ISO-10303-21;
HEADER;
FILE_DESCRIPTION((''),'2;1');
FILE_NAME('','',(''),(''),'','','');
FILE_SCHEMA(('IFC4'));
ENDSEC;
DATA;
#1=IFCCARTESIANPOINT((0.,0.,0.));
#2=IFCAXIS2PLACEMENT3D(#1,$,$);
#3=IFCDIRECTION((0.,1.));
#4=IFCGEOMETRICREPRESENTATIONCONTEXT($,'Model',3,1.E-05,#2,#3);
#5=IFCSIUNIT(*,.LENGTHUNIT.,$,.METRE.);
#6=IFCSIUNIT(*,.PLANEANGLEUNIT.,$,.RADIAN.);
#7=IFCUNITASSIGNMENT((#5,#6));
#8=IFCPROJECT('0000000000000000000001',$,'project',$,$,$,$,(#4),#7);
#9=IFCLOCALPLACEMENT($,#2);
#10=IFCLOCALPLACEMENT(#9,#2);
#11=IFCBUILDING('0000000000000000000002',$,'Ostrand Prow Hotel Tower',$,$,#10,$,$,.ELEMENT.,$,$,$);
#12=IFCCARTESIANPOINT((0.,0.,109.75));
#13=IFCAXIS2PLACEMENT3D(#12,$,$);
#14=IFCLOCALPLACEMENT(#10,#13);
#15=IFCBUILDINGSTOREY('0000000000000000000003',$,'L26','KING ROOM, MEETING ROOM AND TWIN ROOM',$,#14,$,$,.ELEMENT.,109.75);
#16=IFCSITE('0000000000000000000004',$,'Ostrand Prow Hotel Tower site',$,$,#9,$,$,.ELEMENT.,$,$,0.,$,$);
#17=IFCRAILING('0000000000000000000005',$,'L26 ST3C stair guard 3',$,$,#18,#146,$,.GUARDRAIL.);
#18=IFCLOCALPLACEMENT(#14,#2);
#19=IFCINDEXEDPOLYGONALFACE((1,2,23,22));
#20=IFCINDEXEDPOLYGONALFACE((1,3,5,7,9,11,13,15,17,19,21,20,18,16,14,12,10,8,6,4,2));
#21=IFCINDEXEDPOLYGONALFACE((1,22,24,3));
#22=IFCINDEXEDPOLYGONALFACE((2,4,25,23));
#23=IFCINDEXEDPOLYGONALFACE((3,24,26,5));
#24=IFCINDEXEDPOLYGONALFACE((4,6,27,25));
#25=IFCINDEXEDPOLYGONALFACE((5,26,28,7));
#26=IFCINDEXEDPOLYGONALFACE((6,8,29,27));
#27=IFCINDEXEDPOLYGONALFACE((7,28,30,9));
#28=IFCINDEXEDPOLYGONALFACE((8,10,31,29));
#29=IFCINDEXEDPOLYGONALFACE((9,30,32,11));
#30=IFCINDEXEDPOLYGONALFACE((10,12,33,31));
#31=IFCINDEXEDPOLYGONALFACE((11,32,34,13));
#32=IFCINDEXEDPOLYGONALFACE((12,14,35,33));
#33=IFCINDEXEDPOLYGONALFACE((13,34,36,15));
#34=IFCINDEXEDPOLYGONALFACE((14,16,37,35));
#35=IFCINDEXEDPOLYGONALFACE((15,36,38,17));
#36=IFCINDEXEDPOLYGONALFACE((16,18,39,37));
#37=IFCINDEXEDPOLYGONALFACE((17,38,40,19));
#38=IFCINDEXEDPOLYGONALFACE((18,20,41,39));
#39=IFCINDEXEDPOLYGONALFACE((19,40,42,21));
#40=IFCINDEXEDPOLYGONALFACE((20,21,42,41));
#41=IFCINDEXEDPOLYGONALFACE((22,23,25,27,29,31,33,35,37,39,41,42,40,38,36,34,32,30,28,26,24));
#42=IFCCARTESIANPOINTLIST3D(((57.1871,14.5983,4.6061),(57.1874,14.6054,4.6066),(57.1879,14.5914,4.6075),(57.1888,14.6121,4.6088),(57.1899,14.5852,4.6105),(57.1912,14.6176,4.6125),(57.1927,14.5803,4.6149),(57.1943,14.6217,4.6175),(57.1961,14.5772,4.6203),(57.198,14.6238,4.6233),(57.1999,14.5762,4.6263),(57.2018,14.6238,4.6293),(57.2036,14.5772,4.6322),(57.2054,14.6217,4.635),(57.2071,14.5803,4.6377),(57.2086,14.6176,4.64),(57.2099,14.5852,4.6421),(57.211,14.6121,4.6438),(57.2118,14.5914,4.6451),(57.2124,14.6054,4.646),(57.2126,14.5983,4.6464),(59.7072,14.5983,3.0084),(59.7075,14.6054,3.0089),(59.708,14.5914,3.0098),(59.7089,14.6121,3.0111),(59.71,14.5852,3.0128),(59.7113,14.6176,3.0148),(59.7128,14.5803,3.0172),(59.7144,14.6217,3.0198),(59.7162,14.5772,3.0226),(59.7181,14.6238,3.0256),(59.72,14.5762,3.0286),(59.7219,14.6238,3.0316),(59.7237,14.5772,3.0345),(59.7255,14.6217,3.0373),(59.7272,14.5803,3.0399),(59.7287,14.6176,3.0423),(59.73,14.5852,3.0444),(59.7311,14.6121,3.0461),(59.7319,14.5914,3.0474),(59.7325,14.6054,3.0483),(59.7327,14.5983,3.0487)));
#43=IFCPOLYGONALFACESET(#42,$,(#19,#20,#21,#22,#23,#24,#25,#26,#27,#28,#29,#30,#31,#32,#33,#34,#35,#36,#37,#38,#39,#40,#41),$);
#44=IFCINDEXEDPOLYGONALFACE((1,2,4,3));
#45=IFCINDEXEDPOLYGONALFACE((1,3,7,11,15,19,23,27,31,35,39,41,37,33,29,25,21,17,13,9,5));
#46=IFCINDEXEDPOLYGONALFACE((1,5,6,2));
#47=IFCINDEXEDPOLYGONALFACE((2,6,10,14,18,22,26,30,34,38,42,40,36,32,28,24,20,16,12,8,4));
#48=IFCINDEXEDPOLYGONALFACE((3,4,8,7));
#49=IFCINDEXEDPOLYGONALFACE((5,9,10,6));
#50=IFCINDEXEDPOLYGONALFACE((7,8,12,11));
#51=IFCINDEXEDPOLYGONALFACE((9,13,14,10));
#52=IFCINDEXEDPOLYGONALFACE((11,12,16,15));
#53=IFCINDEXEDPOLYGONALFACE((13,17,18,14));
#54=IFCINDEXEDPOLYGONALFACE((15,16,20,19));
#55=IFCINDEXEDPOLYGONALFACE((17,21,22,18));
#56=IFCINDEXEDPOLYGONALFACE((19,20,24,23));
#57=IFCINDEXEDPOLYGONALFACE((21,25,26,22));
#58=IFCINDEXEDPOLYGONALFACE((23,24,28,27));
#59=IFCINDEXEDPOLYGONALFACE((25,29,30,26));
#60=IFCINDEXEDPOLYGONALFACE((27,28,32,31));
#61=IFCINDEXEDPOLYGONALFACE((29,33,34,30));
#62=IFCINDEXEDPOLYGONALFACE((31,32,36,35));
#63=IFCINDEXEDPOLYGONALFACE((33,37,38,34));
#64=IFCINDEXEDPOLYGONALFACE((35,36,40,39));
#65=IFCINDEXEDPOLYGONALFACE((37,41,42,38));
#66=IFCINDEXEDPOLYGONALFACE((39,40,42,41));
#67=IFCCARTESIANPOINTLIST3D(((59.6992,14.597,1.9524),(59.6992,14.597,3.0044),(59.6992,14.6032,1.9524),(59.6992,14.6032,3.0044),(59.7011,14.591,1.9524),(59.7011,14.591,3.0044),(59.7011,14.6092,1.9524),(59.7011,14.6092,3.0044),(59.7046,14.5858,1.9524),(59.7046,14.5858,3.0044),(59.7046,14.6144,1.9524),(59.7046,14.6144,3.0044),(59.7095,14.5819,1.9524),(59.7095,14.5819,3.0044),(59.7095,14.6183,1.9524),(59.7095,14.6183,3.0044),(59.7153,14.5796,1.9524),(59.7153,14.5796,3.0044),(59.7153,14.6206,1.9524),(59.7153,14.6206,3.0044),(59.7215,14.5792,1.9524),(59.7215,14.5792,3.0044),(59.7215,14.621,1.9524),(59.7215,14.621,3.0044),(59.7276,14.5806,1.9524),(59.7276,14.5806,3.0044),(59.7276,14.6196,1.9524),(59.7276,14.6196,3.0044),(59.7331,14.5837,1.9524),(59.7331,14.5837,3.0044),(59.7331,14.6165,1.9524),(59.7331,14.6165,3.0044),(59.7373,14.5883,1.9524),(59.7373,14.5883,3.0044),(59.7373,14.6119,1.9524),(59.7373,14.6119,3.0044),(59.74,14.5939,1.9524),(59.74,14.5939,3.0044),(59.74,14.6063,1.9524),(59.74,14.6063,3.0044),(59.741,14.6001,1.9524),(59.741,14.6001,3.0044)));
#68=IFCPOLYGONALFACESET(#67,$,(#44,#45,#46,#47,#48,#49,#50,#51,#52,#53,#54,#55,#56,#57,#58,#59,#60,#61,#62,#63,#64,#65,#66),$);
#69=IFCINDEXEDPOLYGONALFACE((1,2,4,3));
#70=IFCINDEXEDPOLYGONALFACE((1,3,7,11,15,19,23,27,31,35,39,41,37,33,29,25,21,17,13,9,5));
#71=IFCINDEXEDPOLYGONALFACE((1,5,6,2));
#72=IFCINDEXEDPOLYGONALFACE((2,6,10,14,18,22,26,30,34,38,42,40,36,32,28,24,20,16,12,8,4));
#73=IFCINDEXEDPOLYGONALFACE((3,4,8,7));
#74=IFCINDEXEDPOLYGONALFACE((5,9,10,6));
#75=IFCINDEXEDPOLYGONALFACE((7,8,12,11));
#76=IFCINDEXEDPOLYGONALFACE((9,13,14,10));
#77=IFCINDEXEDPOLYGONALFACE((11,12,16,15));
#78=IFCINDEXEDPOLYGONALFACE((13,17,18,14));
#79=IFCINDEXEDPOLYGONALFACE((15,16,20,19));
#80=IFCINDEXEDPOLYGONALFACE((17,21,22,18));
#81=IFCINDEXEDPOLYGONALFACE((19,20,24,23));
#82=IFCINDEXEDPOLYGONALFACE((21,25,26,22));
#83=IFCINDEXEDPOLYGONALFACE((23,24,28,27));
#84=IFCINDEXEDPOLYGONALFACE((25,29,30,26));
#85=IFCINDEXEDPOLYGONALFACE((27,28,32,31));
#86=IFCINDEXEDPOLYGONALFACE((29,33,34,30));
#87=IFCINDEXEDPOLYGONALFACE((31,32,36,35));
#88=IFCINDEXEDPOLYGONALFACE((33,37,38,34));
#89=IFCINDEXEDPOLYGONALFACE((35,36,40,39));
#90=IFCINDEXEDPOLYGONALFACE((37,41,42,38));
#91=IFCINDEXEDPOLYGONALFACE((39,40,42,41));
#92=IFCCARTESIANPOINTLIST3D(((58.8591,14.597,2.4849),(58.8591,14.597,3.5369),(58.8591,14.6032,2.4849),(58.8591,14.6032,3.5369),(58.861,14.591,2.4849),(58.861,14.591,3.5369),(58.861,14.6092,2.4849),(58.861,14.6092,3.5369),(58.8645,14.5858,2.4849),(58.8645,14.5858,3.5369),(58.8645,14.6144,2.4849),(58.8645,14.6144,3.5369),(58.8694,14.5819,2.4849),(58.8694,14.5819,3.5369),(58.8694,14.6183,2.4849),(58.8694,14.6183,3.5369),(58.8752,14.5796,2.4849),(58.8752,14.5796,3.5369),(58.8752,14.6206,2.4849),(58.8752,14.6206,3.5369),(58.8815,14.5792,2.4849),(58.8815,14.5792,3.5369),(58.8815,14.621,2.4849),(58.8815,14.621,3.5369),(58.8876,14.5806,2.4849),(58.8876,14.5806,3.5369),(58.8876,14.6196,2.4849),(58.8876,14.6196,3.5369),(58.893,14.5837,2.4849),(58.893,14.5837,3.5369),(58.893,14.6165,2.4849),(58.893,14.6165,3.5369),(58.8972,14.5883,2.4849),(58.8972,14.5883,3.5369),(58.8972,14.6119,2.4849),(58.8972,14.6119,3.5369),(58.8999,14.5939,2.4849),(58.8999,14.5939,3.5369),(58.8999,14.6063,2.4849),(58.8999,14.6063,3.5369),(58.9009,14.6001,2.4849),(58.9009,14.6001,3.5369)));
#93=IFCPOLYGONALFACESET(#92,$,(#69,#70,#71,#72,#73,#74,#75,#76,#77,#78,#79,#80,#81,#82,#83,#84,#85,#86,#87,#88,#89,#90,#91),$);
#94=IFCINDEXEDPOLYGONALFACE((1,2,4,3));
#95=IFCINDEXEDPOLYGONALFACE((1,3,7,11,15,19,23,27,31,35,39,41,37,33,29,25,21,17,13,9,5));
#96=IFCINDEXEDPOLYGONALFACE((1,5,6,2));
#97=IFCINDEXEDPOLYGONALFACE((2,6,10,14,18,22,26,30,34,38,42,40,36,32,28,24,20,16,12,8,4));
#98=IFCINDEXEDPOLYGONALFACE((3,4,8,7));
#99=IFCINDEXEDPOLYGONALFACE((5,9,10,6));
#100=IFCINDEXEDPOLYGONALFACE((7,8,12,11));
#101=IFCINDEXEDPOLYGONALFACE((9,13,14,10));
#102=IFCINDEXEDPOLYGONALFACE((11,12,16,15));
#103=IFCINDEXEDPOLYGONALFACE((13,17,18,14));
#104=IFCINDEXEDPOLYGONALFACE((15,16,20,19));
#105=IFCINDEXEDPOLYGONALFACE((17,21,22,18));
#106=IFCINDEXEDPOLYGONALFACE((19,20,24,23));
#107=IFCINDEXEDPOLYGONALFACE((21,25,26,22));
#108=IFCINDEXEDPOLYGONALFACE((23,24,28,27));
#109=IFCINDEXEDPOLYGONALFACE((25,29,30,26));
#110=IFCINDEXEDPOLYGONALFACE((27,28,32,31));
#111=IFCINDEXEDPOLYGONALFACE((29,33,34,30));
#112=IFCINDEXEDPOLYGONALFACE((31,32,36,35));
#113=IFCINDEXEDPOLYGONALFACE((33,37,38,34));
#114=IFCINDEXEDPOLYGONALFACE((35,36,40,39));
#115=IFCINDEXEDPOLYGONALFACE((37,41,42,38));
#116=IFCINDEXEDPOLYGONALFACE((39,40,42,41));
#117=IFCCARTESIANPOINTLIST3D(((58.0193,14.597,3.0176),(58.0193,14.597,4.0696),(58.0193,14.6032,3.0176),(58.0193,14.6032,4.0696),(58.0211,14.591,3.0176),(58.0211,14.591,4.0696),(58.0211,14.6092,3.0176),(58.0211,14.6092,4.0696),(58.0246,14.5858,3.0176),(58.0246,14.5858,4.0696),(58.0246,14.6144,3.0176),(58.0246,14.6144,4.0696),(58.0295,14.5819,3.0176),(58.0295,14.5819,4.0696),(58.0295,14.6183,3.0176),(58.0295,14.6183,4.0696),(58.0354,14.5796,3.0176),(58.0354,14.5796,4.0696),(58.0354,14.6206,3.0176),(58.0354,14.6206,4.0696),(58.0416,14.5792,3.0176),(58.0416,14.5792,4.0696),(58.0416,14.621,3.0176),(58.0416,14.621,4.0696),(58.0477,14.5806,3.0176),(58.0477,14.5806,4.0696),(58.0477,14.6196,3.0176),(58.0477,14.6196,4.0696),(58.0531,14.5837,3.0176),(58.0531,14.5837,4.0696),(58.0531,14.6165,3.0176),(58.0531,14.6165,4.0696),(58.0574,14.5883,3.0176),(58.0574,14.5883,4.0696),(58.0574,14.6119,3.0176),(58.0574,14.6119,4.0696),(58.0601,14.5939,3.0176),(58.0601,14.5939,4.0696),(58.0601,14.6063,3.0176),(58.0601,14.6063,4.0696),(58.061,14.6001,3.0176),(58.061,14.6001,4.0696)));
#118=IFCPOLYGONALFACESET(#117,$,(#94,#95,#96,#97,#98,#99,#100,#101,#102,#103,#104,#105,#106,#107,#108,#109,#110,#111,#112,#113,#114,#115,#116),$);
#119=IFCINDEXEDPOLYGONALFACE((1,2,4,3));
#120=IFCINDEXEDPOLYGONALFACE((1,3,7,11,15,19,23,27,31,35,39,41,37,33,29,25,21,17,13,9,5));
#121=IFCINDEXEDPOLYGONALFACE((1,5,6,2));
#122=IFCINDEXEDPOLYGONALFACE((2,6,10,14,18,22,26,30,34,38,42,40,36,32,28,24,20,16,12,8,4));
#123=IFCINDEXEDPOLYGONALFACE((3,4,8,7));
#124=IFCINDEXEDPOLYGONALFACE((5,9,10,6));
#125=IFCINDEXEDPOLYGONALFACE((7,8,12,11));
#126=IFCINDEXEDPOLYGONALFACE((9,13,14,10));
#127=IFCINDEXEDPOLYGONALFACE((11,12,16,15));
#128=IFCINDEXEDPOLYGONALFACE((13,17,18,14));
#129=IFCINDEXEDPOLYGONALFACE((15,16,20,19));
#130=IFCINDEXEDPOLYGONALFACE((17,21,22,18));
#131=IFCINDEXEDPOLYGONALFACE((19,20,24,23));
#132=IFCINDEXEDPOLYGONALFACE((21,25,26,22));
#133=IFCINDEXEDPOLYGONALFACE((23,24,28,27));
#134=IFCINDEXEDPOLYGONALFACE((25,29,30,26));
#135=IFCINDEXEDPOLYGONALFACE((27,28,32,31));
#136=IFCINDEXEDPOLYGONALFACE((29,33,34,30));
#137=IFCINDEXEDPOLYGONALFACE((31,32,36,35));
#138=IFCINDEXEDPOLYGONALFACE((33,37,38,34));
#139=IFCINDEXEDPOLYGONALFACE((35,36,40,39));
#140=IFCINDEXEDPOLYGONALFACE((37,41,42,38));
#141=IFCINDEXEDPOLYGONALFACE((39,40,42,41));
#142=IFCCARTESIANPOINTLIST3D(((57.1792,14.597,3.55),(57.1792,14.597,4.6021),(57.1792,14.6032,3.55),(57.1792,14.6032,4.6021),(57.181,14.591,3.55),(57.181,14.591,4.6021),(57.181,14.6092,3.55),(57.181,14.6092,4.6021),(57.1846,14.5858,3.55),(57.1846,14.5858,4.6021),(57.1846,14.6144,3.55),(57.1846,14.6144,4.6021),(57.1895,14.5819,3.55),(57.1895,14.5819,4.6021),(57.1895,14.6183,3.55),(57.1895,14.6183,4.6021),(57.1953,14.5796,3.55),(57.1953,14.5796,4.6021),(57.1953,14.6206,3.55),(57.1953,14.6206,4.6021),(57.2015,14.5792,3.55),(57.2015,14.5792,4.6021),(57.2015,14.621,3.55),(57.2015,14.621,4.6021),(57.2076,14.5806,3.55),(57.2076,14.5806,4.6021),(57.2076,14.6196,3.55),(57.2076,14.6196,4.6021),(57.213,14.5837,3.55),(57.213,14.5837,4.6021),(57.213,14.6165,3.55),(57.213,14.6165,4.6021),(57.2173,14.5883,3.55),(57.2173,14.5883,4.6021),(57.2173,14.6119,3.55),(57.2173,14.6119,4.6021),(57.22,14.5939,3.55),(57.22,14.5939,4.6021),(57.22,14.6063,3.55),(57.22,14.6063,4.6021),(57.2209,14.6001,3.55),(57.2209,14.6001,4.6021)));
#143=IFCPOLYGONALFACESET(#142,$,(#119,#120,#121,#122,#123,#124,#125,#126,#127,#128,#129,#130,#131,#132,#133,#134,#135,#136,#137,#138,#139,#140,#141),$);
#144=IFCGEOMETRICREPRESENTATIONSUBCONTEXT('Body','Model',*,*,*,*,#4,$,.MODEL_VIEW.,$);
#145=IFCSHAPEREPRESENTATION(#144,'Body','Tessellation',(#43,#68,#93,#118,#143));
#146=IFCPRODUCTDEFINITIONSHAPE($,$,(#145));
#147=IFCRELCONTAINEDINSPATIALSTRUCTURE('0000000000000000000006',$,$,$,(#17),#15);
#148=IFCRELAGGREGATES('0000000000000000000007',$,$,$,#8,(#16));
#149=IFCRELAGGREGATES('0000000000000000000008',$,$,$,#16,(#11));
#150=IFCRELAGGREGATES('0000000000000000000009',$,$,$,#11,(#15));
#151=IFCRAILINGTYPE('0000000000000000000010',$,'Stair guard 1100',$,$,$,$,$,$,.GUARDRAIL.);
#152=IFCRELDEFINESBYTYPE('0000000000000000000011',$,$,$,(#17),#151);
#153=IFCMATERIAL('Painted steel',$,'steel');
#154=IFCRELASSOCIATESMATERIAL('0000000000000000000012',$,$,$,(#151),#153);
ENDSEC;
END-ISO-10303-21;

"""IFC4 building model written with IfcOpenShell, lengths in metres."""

from ifc_helpers import new_model, si_unit, direction, frame, origin, origin_2d, place, context, subcontext, project, spatial, circle, extrude, material, type_object, element, save


model = new_model("IFC4")

# Units and contexts
model_context = context("Model", 3, precision=1e-05, world=origin(), true_north=direction((0.0, 1.0)))
body_context = subcontext(model_context, "Body", "Model", "MODEL_VIEW")
ifc_project = project(units=[si_unit("LENGTHUNIT", "METRE"), si_unit("PLANEANGLEUNIT", "RADIAN")], contexts=[model_context])

# Site, building, storey
site_placement = place(None, origin())
site = spatial("IfcSite", under=ifc_project, at=site_placement, Name="Ostrand Prow Hotel Tower site", CompositionType="ELEMENT", RefElevation=0.0)
building_placement = place(site_placement, origin())
building = spatial("IfcBuilding", under=site, at=building_placement, Name="Ostrand Prow Hotel Tower", CompositionType="ELEMENT")
storey_placement = place(building_placement, frame((0.0, 0.0, 109.75)))
storey = spatial("IfcBuildingStorey", under=building, at=storey_placement, Name="L26", Description="KING ROOM, MEETING ROOM AND TWIN ROOM", CompositionType="ELEMENT", Elevation=109.75)

# Railing
ifc_material_1 = material(Name="Painted steel", Category="steel")
railing_type_1 = type_object("IfcRailingType", Name="Stair guard 1100", PredefinedType="GUARDRAIL", material=ifc_material_1)
railing_1_placement = place(storey_placement, frame((59.72, 14.6001, 1.9524)))
element("IfcRailing", 1, at=railing_1_placement, inside=storey, type_object=railing_type_1, Name="L26 ST3C stair guard 3", PredefinedType="GUARDRAIL", context=body_context, shape_type="SweptSolid", body=[
    extrude(circle(Radius=0.0239, at=origin_2d()), frame((0.0, 0.0, 1.0762), z_axis=(-0.84457, 0.0, 0.535445), x_axis=(0.0, -1.0, 0.0)), (0.0, 0.0, 1.0), 2.9839),
    extrude(circle(Radius=0.021, at=origin_2d()), origin(), (0.0, 0.0, 1.0), 1.052),
    extrude(circle(Radius=0.021, at=origin_2d()), frame((-0.8401, 0.0, 0.5325)), (0.0, 0.0, 1.0), 1.052),
    extrude(circle(Radius=0.021, at=origin_2d()), frame((-1.6799, 0.0, 1.0652)), (0.0, 0.0, 1.0), 1.052),
    extrude(circle(Radius=0.021, at=origin_2d()), frame((-2.52, 0.0, 1.5977)), (0.0, 0.0, 1.0), 1.052),
])

save(model, "model.ifc")
